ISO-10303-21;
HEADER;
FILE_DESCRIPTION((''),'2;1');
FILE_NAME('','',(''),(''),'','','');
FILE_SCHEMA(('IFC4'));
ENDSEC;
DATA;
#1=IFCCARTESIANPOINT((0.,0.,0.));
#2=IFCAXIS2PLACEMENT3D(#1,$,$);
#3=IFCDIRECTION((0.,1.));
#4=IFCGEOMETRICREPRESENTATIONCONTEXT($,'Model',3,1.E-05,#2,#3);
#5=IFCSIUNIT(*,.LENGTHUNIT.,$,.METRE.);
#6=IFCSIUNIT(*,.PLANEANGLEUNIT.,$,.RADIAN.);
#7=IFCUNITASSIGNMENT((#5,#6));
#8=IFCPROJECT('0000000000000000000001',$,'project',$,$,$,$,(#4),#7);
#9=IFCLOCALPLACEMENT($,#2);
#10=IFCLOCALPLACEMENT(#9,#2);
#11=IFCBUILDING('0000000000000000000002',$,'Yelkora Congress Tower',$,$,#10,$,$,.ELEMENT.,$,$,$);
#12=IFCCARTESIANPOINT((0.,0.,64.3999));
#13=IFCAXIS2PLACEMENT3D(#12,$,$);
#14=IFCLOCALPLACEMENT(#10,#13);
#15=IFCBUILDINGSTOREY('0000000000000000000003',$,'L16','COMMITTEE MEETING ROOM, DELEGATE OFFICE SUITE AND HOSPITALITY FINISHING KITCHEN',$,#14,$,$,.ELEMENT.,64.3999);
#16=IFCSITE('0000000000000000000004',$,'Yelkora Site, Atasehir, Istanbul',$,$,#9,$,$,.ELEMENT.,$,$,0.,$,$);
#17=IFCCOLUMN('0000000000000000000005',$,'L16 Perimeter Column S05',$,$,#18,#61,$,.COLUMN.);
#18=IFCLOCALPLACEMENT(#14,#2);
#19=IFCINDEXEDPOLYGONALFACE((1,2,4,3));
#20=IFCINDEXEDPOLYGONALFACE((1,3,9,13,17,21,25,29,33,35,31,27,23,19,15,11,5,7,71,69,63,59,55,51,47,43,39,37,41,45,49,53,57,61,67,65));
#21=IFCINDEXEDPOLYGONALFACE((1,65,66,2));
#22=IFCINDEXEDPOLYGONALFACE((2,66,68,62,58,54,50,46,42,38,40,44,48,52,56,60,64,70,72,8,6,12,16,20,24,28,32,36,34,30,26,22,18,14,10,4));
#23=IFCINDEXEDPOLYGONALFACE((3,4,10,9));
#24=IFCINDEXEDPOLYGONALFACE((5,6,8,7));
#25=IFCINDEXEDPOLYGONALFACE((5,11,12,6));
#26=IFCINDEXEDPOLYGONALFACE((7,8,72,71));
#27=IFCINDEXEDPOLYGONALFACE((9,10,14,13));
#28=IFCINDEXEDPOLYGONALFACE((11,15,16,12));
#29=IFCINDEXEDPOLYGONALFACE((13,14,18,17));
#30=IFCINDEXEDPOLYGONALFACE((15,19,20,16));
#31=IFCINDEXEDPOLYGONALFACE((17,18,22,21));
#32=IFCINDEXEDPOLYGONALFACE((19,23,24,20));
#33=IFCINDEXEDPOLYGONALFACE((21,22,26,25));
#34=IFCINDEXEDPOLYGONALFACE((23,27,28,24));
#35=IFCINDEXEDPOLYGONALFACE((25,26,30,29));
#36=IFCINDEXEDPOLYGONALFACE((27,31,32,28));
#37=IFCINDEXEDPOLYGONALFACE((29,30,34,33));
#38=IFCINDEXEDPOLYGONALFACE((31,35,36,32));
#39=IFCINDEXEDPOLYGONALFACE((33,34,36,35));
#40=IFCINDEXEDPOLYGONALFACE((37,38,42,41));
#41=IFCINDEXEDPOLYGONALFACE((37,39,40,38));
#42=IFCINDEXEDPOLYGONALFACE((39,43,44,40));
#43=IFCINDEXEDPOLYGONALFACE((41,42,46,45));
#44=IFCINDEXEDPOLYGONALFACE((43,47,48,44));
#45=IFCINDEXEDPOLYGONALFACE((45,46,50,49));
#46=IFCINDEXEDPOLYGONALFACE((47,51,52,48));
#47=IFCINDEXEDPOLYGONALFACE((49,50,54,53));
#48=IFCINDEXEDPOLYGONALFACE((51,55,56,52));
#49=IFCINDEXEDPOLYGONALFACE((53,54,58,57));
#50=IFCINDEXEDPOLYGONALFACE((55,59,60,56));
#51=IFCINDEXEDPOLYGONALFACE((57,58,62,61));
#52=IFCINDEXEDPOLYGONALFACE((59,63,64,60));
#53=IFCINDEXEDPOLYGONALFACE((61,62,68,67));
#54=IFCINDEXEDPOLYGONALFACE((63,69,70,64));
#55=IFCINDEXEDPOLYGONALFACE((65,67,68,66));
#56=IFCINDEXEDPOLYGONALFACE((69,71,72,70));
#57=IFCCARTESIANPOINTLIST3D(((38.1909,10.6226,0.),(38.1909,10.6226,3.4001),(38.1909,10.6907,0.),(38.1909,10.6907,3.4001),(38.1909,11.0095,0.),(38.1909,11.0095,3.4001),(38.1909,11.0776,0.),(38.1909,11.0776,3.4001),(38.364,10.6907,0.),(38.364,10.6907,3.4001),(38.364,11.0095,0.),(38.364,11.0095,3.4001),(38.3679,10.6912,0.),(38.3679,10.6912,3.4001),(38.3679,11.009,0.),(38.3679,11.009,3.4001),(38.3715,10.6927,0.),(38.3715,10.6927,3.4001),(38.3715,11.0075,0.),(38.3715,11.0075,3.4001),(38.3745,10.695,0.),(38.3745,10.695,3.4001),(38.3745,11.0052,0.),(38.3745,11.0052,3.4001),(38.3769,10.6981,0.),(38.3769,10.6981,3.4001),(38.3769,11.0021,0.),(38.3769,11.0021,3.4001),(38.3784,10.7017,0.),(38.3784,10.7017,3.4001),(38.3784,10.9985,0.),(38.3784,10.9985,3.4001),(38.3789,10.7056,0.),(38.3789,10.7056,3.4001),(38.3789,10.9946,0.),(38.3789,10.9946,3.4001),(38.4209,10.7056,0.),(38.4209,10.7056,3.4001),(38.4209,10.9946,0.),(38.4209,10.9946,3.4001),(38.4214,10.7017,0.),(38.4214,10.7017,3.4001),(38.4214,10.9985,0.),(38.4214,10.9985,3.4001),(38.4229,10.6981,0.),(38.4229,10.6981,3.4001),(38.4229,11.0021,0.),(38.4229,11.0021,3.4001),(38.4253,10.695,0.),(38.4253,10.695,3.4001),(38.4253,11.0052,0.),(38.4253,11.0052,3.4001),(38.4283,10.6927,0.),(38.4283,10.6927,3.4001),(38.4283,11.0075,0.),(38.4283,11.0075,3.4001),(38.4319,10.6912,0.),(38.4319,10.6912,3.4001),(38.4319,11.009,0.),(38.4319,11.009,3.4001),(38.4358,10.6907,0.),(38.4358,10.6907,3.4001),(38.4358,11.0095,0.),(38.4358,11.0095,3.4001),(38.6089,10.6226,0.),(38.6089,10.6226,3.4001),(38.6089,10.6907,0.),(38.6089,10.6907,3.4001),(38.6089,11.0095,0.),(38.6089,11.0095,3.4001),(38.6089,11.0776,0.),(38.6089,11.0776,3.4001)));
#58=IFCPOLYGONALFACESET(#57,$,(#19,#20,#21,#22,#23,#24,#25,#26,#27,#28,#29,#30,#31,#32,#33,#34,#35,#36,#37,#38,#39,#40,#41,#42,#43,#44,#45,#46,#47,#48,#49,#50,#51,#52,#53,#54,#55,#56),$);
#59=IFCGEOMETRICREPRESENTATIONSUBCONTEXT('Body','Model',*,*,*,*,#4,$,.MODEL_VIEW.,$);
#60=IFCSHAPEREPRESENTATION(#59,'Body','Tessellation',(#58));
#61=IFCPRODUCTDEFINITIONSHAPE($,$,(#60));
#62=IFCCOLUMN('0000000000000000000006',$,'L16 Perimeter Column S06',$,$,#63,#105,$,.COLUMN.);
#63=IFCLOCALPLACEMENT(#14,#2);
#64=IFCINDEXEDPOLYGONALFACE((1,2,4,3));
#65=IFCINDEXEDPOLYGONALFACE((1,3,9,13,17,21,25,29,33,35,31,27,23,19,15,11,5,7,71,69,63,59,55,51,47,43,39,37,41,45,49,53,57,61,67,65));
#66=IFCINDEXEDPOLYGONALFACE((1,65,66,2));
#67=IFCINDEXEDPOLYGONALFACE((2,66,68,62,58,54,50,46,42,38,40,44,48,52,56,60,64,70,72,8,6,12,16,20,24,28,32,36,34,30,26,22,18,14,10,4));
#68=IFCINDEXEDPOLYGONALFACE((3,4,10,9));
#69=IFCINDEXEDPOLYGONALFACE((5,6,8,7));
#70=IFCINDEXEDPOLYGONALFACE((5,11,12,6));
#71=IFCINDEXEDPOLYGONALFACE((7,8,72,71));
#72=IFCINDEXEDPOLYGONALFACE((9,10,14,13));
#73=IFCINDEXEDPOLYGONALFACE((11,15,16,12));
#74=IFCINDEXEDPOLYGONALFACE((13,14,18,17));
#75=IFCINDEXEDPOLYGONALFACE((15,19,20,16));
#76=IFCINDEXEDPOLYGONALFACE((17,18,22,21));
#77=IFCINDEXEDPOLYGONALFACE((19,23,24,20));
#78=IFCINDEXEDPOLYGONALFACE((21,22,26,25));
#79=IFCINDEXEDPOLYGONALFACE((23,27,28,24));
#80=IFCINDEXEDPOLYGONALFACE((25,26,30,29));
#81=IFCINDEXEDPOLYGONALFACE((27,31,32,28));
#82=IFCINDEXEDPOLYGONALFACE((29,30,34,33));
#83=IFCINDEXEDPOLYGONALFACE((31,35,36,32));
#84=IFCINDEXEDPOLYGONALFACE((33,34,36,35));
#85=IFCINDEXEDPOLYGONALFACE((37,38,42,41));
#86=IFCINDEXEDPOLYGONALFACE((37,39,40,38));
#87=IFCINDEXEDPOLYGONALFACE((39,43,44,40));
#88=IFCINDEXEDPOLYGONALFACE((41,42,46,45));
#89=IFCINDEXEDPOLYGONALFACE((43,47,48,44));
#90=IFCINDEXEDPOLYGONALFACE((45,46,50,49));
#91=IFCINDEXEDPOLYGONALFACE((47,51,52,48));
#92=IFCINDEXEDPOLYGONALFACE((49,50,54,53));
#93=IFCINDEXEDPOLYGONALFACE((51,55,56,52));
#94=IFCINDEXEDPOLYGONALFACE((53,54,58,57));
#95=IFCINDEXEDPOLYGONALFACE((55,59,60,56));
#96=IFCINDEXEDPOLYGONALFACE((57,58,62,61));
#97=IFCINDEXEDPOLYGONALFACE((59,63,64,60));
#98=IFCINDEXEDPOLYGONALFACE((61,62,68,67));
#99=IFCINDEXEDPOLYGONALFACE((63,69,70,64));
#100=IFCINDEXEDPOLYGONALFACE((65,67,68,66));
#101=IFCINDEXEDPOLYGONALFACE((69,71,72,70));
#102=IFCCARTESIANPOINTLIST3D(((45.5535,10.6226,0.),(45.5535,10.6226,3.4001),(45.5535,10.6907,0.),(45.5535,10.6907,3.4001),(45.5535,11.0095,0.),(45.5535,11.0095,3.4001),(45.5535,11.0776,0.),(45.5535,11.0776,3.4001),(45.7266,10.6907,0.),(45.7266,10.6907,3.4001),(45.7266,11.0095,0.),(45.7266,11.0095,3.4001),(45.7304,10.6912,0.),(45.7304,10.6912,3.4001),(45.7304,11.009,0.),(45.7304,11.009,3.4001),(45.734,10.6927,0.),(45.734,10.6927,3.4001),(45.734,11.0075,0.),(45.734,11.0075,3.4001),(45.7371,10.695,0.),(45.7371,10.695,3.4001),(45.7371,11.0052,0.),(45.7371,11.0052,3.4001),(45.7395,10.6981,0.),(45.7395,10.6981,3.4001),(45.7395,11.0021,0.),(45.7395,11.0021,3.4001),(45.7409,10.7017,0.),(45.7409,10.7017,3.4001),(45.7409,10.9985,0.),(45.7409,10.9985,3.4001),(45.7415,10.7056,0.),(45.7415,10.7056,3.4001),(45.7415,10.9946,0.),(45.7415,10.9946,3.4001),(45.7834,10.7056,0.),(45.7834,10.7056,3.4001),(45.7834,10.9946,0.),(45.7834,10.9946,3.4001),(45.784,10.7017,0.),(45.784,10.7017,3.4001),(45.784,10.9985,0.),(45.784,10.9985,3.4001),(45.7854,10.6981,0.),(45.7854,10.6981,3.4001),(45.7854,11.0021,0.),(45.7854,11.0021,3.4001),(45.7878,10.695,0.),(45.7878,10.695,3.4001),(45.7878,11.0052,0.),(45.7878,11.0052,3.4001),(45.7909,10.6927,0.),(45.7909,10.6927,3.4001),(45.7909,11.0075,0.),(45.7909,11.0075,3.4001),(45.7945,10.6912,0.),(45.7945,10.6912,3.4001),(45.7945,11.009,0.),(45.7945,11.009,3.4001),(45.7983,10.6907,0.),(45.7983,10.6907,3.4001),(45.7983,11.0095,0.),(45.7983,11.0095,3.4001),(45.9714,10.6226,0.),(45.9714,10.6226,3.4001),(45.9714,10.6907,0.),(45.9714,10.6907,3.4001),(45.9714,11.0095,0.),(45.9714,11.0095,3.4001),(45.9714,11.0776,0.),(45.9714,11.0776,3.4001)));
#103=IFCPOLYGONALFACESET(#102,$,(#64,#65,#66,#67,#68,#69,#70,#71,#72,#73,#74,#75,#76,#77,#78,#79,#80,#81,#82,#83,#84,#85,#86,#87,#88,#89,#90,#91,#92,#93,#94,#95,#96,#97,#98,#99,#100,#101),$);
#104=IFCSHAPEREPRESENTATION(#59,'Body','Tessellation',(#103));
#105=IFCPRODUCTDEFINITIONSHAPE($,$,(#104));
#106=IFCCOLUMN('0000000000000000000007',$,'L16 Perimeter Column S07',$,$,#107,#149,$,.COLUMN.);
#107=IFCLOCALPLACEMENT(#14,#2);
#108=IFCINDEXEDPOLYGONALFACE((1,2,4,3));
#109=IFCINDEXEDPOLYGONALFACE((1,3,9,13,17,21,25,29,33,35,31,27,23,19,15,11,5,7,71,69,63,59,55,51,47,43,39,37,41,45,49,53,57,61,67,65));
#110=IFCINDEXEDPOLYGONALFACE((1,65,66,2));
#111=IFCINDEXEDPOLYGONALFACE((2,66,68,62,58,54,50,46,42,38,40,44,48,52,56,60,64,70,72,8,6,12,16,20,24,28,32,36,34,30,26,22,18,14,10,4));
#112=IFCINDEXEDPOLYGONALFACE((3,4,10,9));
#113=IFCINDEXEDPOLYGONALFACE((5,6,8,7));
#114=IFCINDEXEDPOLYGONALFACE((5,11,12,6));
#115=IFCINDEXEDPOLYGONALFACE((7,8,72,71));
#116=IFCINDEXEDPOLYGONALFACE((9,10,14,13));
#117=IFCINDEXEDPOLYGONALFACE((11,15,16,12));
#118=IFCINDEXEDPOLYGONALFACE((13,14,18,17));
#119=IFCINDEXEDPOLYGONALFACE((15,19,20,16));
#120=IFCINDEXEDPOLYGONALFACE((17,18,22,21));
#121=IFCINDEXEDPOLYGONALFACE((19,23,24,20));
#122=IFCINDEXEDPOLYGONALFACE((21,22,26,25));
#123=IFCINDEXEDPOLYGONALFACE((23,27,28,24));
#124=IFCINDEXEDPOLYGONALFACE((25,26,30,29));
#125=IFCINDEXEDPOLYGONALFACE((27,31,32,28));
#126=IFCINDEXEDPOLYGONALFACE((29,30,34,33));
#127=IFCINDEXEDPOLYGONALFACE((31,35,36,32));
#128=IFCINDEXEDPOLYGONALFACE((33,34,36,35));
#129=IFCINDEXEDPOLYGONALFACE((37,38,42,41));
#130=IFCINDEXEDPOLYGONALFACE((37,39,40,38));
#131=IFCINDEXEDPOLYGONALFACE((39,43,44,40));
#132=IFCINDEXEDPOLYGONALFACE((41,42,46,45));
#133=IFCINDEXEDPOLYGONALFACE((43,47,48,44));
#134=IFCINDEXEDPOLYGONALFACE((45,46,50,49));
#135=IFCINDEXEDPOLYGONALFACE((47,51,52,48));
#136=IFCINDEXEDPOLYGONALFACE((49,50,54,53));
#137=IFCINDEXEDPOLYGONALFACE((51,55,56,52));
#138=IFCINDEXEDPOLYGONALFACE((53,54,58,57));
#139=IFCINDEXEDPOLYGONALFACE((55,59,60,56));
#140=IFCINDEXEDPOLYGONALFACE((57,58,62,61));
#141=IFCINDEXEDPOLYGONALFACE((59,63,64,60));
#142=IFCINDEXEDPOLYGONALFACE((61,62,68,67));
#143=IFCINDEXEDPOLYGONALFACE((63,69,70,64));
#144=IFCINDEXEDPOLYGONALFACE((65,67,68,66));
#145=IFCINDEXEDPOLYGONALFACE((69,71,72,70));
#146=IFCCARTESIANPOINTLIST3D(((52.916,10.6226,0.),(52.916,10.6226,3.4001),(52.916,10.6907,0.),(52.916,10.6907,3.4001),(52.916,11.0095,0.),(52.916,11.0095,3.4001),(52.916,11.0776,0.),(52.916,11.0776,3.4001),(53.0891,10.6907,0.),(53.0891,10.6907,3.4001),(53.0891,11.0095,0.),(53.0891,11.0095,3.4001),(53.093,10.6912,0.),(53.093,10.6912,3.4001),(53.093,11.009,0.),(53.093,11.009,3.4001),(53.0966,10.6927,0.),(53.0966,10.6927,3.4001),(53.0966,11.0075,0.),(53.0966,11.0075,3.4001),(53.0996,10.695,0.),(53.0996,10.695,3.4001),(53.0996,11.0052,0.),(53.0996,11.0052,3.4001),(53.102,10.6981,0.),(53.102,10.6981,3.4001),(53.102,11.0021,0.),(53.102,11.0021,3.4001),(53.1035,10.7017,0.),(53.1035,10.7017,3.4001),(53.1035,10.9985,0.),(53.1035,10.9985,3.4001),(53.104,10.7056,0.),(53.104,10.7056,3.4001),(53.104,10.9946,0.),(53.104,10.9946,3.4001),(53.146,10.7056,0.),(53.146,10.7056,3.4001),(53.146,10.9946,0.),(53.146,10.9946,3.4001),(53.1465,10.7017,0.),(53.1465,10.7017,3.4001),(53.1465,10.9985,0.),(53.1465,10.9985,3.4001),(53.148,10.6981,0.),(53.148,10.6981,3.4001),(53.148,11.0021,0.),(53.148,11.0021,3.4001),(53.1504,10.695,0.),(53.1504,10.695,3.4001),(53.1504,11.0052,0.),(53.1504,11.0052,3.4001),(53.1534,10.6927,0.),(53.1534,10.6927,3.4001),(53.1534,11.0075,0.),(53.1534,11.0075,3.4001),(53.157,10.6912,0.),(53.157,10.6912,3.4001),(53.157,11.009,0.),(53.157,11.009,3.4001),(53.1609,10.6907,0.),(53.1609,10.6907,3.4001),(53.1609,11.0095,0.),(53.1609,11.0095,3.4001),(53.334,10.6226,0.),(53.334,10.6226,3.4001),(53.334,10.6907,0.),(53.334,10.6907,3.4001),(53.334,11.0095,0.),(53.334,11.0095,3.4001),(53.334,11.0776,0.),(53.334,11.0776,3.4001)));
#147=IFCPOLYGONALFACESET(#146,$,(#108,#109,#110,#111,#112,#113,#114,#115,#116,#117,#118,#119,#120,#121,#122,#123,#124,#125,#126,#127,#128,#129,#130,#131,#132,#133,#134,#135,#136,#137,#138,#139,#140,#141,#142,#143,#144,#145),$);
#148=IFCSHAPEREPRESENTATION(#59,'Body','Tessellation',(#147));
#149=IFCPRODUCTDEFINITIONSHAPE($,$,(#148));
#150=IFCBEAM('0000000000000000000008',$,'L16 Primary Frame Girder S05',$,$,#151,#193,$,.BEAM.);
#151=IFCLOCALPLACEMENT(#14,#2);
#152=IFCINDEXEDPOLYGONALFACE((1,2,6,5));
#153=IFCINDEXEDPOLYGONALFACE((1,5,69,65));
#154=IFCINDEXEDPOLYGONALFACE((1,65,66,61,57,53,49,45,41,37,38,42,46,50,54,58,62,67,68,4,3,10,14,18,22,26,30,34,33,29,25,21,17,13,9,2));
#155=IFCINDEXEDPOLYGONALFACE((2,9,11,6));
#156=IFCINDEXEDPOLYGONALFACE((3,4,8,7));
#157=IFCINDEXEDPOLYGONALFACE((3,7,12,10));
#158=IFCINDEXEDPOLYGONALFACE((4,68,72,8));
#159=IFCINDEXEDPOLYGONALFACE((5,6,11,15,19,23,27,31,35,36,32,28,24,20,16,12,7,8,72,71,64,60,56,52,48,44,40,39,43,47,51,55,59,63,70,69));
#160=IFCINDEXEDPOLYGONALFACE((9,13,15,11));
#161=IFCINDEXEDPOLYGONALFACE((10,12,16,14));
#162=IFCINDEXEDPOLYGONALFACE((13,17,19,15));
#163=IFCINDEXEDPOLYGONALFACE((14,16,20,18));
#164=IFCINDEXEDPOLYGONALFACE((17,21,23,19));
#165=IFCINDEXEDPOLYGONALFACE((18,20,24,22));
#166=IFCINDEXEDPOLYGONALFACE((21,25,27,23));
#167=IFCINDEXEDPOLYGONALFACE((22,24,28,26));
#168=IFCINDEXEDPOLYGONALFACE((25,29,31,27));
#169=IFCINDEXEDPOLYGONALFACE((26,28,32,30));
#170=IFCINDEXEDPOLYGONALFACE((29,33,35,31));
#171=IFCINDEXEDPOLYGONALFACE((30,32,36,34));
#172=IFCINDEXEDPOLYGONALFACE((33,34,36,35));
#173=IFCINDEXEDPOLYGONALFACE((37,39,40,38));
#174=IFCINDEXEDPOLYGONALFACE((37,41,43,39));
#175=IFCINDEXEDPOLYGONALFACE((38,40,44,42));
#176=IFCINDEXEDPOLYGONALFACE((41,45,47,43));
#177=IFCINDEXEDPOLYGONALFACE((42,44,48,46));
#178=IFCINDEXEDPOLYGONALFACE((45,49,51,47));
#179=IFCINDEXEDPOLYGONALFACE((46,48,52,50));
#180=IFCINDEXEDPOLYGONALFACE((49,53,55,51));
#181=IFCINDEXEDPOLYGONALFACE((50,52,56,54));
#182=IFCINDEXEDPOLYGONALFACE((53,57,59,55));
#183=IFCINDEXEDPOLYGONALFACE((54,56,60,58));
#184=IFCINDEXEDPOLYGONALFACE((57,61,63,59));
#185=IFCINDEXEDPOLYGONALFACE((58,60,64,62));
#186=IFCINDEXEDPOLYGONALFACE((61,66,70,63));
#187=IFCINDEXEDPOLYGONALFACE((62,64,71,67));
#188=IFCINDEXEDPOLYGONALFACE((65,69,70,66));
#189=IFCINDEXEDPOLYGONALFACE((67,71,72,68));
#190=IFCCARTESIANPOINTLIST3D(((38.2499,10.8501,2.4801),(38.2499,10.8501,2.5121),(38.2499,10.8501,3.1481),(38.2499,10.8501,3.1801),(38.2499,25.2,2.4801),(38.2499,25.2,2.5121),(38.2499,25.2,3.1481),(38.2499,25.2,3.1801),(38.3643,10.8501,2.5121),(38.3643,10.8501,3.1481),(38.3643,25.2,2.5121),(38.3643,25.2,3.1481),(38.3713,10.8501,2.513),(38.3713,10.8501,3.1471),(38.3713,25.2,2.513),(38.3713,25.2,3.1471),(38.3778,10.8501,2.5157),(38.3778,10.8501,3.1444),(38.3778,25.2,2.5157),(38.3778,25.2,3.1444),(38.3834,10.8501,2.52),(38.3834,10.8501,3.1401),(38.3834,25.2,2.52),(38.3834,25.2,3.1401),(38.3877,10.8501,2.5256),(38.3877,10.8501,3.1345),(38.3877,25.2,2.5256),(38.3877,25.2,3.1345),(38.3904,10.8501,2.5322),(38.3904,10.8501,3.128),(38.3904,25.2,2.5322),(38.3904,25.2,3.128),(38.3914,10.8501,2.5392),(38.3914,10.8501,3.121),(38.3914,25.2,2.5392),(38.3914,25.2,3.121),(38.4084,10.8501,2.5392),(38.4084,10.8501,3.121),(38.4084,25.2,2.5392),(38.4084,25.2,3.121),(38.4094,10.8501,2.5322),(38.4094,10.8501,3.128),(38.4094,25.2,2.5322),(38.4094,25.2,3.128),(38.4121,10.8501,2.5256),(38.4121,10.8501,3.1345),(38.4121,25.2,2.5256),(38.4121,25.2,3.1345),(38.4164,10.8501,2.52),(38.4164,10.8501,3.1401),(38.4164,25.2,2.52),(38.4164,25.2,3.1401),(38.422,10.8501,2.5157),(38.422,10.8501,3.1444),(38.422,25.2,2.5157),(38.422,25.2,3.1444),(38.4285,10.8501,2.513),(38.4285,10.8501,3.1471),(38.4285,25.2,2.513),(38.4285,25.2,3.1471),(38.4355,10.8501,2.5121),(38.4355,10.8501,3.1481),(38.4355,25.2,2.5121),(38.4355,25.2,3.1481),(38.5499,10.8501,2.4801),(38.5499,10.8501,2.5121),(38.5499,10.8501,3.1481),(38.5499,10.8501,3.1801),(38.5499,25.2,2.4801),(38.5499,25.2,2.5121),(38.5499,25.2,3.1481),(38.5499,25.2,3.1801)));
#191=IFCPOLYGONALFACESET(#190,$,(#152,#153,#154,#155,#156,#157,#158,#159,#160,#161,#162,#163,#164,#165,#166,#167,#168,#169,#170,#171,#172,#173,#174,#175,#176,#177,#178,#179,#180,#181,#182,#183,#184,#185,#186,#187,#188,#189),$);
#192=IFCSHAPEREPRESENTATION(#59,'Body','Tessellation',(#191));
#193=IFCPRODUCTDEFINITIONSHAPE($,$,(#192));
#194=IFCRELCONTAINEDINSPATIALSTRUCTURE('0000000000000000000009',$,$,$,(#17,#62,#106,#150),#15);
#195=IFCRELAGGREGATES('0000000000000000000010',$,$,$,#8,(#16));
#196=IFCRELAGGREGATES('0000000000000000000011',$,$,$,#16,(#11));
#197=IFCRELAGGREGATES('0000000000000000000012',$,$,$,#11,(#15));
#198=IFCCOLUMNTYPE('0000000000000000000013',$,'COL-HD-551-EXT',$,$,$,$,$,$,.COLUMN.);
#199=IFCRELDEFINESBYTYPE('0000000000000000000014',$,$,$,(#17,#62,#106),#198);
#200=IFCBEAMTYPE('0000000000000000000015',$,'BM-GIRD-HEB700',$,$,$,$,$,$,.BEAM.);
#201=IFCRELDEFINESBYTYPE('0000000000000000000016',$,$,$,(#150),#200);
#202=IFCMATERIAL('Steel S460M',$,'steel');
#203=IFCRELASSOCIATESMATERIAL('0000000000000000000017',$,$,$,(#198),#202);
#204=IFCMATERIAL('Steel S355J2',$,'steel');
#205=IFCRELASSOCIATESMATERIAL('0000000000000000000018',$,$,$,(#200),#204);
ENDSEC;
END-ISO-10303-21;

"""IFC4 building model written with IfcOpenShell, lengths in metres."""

from ifc_helpers import new_model, si_unit, direction, frame, origin, origin_2d, place, context, subcontext, project, spatial, i_section, extrude, material, material_profile, profile_set, type_object, element, save


model = new_model("IFC4")

# Units and contexts
model_context = context("Model", 3, precision=1e-05, world=origin(), true_north=direction((0.0, 1.0)))
body_context = subcontext(model_context, "Body", "Model", "MODEL_VIEW")
ifc_project = project(units=[si_unit("LENGTHUNIT", "METRE"), si_unit("PLANEANGLEUNIT", "RADIAN")], contexts=[model_context])

# Site, building, storey
site_placement = place(None, origin())
site = spatial("IfcSite", under=ifc_project, at=site_placement, Name="Yelkora Site, Atasehir, Istanbul", CompositionType="ELEMENT", RefElevation=0.0)
building_placement = place(site_placement, origin())
building = spatial("IfcBuilding", under=site, at=building_placement, Name="Yelkora Congress Tower", CompositionType="ELEMENT")
storey_placement = place(building_placement, frame((0.0, 0.0, 64.3999)))
storey = spatial("IfcBuildingStorey", under=building, at=storey_placement, Name="L16", Description="COMMITTEE MEETING ROOM, DELEGATE OFFICE SUITE AND HOSPITALITY FINISHING KITCHEN", CompositionType="ELEMENT", Elevation=64.3999)

# Columns
ifc_material_1 = material(Name="Steel S460M", Category="steel")
ifc_material_profile_1 = material_profile(ifc_material_1, i_section(OverallWidth=0.418, OverallDepth=0.4551, WebThickness=0.042, FlangeThickness=0.0681, FilletRadius=0.0149, at=origin_2d()), Name="HD 400x551")
ifc_profile_set_1 = profile_set([ifc_material_profile_1], Name="Steel S460M")
column_type = type_object("IfcColumnType", Name="COL-HD-551-EXT", PredefinedType="COLUMN", material=ifc_profile_set_1)
for number, where, z_axis, x_axis, name in (
    (1, (38.3999, 10.8501, 0.0), (0.0, 0.0, 1.0), (1.0, 0.0, 0.0), "L16 Perimeter Column S05"),
    (2, (45.7625, 10.8501, 0.0), (0.0, 0.0, 1.0), (1.0, 0.0, 0.0), "L16 Perimeter Column S06"),
    (3, (53.125, 10.8501, 0.0), (0.0, 0.0, 1.0), (1.0, 0.0, 0.0), "L16 Perimeter Column S07"),
):
    element("IfcColumn", number, at=place(storey_placement, frame(where, z_axis=z_axis, x_axis=x_axis)), inside=storey, type_object=column_type, Name=name, PredefinedType="COLUMN", context=body_context, shape_type="SweptSolid", body=[
        extrude(i_section(OverallWidth=0.418, OverallDepth=0.4551, WebThickness=0.042, FlangeThickness=0.0681, FilletRadius=0.0149, at=origin_2d()), origin(), (0.0, 0.0, 1.0), 3.4001),
    ])

# Beam
ifc_material_2 = material(Name="Steel S355J2", Category="steel")
ifc_material_profile_2 = material_profile(ifc_material_2, i_section(OverallWidth=0.3, OverallDepth=0.7, WebThickness=0.0171, FlangeThickness=0.032, FilletRadius=0.0271, at=origin_2d()), Name="HEB 700")
ifc_profile_set_2 = profile_set([ifc_material_profile_2], Name="Steel S355J2")
beam_type_1 = type_object("IfcBeamType", Name="BM-GIRD-HEB700", PredefinedType="BEAM", material=ifc_profile_set_2)
beam_1_placement = place(storey_placement, frame((38.3999, 10.8501, 2.8301), z_axis=(0.0, 1.0, 0.0), x_axis=(-1.0, 0.0, 0.0)))
element("IfcBeam", 4, at=beam_1_placement, inside=storey, type_object=beam_type_1, Name="L16 Primary Frame Girder S05", PredefinedType="BEAM", context=body_context, shape_type="SweptSolid", body=[
    extrude(i_section(OverallWidth=0.3, OverallDepth=0.7, WebThickness=0.0171, FlangeThickness=0.032, FilletRadius=0.0271, at=origin_2d()), origin(), (0.0, 0.0, 1.0), 14.3499),
])

save(model, "model.ifc")
